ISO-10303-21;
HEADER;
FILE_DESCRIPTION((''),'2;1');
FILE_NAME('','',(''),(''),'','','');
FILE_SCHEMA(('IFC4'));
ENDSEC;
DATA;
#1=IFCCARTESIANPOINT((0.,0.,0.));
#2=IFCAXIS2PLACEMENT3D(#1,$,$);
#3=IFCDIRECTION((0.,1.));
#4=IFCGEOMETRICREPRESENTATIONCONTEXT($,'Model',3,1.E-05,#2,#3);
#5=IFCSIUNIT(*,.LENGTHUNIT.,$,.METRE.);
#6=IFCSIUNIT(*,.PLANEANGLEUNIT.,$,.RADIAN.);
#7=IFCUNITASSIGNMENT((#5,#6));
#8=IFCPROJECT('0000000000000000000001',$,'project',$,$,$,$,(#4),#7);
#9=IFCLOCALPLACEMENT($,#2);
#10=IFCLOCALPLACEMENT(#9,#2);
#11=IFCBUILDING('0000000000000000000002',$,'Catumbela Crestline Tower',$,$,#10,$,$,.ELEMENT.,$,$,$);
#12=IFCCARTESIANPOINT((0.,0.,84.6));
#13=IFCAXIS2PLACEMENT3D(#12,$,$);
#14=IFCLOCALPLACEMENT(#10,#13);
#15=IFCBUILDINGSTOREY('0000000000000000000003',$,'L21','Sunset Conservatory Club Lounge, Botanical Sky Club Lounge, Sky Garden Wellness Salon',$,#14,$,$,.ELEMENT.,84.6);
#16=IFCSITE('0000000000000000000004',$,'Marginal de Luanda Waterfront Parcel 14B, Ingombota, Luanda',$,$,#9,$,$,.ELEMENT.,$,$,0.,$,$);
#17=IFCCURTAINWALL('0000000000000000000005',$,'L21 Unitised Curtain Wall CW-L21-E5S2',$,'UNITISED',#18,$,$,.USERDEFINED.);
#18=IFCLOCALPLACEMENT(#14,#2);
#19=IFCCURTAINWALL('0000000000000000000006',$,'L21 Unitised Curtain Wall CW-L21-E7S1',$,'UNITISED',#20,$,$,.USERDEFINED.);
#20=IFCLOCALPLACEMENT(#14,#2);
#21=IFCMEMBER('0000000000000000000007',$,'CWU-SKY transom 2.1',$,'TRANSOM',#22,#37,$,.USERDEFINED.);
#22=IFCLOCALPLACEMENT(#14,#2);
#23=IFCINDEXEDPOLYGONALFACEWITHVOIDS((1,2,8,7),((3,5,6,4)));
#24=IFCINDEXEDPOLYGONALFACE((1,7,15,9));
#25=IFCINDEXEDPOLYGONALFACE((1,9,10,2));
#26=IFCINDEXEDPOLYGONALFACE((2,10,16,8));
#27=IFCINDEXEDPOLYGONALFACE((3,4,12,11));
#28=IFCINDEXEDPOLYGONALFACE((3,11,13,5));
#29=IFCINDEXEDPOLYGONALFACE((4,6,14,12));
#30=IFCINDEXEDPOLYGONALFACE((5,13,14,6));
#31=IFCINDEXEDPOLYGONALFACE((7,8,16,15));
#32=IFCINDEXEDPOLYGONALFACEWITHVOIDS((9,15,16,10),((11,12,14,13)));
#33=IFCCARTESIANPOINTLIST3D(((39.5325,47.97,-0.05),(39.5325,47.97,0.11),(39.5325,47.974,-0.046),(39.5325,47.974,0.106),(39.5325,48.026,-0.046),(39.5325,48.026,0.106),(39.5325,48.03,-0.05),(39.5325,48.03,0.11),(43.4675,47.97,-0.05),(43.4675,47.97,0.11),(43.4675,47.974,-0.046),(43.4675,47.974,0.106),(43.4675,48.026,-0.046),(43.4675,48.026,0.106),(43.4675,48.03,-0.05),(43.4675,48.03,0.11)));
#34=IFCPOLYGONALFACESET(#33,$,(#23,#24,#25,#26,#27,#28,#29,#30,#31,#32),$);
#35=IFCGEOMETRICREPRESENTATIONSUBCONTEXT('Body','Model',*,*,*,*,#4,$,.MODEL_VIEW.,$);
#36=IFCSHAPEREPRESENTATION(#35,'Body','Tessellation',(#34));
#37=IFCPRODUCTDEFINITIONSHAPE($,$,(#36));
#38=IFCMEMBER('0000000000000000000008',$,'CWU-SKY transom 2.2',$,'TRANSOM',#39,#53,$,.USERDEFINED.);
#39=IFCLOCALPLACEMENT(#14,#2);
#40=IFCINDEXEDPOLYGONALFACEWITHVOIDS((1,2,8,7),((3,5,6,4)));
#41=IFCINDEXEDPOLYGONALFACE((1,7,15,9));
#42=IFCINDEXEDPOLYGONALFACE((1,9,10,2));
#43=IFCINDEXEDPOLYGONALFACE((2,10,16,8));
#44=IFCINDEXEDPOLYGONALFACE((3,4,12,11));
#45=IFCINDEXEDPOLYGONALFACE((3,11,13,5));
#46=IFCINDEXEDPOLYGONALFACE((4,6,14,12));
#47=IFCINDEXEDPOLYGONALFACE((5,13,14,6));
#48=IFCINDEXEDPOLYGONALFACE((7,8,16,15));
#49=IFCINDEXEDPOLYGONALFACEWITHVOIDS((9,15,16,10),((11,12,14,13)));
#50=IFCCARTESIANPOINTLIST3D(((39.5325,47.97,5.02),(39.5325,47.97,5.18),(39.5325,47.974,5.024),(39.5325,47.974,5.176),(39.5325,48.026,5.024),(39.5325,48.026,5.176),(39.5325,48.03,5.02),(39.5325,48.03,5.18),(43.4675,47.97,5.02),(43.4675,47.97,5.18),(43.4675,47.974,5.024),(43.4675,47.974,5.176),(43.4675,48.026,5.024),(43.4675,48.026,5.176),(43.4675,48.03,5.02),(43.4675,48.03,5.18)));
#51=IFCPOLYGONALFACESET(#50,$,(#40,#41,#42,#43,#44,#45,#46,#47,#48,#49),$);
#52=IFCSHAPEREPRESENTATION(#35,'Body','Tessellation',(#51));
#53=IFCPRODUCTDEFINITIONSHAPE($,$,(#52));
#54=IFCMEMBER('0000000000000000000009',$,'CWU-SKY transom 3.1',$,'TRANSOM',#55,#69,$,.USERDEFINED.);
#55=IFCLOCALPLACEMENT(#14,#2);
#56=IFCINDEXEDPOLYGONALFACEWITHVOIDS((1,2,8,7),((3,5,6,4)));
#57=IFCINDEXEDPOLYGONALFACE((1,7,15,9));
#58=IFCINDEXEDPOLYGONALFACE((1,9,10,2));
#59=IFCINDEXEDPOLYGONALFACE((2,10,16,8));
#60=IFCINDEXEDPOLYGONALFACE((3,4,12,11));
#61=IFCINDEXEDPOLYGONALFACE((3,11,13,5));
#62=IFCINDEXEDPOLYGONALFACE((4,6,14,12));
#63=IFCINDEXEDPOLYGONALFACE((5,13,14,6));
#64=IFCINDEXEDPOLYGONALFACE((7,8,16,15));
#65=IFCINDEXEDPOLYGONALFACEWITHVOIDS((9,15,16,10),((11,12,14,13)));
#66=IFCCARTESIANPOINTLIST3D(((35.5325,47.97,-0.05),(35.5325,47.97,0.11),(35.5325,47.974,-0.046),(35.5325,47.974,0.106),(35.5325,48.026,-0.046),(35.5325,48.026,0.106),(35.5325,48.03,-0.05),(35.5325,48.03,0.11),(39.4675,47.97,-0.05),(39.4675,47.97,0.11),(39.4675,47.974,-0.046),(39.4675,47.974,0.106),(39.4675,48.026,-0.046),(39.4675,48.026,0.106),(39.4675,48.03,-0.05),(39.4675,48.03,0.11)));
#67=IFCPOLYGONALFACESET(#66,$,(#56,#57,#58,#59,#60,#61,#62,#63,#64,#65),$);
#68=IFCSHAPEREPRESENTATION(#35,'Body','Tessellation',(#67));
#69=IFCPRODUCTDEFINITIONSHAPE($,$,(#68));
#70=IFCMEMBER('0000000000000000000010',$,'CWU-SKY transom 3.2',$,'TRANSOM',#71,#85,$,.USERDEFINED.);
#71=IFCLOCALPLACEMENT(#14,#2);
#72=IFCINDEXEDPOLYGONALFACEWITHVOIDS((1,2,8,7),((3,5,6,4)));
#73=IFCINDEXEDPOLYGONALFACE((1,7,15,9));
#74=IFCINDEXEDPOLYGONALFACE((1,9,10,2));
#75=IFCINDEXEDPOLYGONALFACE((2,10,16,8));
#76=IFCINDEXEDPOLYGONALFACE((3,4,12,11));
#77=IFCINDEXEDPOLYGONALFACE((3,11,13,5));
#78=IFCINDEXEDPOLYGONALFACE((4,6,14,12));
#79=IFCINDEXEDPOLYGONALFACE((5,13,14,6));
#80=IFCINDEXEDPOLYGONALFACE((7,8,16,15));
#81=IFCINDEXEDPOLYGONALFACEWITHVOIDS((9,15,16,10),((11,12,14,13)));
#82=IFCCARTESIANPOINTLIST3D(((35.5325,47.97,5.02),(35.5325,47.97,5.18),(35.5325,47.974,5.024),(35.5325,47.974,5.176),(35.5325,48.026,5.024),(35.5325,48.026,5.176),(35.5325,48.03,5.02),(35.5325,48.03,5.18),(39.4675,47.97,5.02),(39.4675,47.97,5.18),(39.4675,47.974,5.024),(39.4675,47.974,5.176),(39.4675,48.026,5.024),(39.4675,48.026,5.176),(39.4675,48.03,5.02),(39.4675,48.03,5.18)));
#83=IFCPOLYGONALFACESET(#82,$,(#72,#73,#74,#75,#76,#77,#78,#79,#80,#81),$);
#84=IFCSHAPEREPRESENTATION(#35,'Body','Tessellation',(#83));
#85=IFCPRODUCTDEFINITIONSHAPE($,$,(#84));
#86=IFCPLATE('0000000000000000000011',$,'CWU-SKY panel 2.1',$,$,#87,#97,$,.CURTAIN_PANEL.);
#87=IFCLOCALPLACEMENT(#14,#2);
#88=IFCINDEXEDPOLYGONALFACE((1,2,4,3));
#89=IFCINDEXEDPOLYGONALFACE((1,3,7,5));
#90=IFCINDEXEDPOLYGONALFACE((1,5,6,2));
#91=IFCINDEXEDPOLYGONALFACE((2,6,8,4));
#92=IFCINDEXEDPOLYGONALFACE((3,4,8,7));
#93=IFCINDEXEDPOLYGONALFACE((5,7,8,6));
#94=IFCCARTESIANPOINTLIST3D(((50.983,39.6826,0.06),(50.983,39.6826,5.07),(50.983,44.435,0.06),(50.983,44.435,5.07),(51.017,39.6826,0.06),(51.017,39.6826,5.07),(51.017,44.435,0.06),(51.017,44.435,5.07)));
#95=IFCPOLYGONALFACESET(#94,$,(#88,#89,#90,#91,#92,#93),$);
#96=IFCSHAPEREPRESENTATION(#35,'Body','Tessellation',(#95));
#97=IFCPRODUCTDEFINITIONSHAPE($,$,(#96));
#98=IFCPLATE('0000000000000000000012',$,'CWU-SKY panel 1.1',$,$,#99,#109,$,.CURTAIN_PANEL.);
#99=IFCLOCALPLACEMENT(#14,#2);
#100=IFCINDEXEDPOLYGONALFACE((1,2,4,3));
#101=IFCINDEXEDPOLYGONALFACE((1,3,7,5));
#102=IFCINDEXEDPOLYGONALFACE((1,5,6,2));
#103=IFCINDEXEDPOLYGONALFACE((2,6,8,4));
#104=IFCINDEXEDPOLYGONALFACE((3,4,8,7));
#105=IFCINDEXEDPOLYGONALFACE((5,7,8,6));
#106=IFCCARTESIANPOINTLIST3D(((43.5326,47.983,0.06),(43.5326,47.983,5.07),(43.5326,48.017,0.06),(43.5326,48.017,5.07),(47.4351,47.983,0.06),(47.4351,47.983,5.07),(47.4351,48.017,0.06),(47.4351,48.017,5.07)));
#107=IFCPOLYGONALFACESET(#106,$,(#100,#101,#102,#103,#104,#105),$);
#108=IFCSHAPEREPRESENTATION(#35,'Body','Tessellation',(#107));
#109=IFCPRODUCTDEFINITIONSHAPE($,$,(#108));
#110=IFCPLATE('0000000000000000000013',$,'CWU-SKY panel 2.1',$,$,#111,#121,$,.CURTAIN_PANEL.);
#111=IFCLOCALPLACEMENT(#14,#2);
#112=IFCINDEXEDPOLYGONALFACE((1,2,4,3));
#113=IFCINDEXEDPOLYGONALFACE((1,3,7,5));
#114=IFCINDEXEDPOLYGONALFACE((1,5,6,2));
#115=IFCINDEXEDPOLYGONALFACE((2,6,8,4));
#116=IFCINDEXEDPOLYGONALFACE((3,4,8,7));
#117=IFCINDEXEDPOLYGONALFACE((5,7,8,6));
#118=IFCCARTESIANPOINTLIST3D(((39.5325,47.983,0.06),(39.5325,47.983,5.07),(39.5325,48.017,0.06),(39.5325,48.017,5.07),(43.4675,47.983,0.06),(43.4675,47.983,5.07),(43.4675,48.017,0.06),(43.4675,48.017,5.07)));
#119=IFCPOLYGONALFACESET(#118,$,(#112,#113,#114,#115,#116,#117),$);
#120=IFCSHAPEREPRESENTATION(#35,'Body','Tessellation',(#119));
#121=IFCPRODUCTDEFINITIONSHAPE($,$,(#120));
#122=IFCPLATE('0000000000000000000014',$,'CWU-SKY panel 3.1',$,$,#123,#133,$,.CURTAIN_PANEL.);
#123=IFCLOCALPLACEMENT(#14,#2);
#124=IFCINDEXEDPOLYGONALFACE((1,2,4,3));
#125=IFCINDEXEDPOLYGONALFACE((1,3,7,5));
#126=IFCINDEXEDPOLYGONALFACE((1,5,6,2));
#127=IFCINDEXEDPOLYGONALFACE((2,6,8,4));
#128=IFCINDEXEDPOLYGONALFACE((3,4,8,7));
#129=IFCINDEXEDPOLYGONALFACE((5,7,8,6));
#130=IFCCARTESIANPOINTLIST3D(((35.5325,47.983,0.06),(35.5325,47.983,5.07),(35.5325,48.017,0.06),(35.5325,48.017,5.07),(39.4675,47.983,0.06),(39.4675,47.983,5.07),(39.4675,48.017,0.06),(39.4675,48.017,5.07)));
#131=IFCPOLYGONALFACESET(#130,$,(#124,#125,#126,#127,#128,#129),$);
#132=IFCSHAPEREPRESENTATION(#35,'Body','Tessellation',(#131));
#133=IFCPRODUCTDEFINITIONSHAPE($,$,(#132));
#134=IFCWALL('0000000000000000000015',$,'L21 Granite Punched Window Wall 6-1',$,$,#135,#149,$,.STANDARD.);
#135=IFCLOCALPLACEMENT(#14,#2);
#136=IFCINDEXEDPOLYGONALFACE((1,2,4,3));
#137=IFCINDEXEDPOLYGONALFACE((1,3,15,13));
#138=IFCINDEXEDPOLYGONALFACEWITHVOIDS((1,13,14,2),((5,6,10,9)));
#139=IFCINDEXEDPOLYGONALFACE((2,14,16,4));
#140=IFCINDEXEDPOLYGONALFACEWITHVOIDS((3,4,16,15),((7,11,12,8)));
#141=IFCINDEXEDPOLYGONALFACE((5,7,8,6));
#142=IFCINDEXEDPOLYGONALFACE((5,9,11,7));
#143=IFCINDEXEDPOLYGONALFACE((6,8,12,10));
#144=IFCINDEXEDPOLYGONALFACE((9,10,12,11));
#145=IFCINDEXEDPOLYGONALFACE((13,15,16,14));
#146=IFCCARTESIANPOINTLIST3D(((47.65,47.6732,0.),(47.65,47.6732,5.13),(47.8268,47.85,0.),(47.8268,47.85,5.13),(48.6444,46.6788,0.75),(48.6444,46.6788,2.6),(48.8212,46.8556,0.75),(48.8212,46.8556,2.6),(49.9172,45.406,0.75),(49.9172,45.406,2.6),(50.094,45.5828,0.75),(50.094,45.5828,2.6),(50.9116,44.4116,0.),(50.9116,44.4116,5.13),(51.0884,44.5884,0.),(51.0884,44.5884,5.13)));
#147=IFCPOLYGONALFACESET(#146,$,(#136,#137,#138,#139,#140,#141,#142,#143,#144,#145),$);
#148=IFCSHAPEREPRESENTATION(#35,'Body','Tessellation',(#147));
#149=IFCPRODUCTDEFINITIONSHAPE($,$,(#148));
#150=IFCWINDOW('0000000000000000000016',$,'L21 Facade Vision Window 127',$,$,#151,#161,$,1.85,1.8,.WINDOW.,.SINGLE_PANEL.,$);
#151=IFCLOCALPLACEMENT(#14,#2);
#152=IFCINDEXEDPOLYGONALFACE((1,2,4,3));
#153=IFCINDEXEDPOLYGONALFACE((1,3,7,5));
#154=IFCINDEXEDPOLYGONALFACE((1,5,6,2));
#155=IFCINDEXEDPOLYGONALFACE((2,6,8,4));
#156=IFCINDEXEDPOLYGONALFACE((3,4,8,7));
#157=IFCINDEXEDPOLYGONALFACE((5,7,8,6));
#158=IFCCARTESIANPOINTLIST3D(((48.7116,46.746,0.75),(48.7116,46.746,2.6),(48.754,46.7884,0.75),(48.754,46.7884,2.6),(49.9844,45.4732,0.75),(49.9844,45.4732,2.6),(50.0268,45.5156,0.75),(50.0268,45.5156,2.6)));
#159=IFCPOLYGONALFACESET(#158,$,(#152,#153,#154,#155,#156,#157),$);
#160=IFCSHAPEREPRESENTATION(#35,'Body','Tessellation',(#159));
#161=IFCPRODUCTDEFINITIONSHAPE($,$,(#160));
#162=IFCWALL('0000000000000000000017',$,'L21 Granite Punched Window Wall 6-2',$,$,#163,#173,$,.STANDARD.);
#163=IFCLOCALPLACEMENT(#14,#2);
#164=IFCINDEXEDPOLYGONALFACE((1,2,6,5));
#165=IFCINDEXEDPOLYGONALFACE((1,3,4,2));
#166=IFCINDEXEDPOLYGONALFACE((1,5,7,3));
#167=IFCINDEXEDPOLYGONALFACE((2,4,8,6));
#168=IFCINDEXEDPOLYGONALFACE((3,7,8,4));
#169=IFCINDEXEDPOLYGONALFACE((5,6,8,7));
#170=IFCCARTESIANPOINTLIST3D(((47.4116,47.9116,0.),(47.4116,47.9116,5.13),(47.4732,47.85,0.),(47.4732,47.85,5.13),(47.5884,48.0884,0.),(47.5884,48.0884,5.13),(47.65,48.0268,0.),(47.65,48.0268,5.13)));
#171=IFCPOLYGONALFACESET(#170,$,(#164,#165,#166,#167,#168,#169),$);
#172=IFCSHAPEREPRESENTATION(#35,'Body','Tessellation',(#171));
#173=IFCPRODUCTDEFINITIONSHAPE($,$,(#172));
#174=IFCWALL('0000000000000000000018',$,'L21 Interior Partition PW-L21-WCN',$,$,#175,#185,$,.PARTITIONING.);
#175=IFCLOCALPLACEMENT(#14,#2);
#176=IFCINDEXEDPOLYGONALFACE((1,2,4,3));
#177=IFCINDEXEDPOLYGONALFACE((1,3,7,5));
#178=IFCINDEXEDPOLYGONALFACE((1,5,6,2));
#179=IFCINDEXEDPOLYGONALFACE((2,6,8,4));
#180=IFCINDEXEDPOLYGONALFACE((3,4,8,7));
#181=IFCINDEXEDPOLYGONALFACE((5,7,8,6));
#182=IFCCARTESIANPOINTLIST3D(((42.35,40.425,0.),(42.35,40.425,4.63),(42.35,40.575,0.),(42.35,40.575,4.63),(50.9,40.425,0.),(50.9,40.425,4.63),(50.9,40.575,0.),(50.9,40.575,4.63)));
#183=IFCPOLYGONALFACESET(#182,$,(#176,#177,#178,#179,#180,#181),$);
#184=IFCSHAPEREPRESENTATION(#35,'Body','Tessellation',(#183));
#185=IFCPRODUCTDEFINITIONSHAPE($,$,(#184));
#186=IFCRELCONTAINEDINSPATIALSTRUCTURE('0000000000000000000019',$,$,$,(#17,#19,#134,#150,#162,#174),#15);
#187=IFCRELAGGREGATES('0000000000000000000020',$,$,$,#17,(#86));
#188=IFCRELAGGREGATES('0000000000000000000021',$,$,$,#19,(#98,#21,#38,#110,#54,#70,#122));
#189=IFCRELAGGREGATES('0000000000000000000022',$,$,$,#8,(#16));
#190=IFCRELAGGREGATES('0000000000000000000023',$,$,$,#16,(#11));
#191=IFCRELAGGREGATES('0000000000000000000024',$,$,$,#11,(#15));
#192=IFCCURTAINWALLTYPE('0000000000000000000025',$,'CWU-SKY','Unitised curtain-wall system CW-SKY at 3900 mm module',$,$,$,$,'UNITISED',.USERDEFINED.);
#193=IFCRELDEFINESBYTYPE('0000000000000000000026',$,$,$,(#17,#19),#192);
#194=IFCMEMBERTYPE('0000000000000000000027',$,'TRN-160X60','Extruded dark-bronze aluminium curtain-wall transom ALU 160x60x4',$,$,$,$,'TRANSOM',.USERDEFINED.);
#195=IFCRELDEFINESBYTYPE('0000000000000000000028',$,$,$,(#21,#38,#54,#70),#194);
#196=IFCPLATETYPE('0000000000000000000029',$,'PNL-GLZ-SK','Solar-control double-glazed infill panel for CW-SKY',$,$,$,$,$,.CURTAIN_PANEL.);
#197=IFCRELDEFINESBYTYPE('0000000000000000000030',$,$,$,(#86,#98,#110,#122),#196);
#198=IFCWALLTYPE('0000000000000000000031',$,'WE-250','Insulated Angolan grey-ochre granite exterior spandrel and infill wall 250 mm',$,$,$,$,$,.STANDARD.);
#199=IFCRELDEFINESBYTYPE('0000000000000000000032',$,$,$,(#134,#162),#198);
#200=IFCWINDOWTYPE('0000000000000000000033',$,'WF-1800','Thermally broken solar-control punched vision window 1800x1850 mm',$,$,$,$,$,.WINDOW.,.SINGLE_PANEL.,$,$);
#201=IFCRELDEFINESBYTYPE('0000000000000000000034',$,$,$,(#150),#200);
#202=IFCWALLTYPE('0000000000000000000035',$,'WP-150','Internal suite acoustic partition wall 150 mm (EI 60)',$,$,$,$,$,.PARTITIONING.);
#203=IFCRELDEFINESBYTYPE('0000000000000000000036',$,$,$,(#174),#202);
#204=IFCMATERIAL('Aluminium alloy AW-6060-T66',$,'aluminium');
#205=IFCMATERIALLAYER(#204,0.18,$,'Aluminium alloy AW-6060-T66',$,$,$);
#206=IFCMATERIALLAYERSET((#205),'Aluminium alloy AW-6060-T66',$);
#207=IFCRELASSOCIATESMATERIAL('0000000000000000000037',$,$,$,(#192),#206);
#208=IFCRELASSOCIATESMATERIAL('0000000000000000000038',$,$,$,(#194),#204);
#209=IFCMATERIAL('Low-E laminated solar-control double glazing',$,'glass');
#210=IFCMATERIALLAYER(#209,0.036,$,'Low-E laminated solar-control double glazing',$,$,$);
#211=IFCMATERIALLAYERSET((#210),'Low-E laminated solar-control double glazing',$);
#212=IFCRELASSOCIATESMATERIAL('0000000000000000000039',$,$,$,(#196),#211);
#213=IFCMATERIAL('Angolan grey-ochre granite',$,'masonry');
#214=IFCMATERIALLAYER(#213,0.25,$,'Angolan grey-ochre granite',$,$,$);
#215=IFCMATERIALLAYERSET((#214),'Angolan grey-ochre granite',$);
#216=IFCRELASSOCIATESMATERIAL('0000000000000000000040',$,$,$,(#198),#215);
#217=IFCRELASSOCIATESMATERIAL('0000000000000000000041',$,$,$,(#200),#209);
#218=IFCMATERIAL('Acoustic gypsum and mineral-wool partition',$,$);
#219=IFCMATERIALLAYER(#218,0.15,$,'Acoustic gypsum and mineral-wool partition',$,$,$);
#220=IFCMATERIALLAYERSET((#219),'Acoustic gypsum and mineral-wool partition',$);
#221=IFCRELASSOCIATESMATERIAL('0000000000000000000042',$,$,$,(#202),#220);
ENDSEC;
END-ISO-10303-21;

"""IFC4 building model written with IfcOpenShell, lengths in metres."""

from ifc_helpers import new_model, si_unit, direction, frame, frame_2d, origin, origin_2d, place, context, subcontext, project, spatial, rectangle, hollow_rectangle, extrude, material, layer, layer_set, material_profile, profile_set, type_object, element, fill, aggregate, save


model = new_model("IFC4")

# Units and contexts
model_context = context("Model", 3, precision=1e-05, world=origin(), true_north=direction((0.0, 1.0)))
body_context = subcontext(model_context, "Body", "Model", "MODEL_VIEW")
ifc_project = project(units=[si_unit("LENGTHUNIT", "METRE"), si_unit("PLANEANGLEUNIT", "RADIAN")], contexts=[model_context])

# Site, building, storey
site_placement = place(None, origin())
site = spatial("IfcSite", under=ifc_project, at=site_placement, Name="Marginal de Luanda Waterfront Parcel 14B, Ingombota, Luanda", CompositionType="ELEMENT", RefElevation=0.0)
building_placement = place(site_placement, origin())
building = spatial("IfcBuilding", under=site, at=building_placement, Name="Catumbela Crestline Tower", CompositionType="ELEMENT")
storey_placement = place(building_placement, frame((0.0, 0.0, 84.6)))
storey = spatial("IfcBuildingStorey", under=building, at=storey_placement, Name="L21", Description="Sunset Conservatory Club Lounge, Botanical Sky Club Lounge, Sky Garden Wellness Salon", CompositionType="ELEMENT", Elevation=84.6)

# Curtain wall
ifc_material_1 = material(Name="Aluminium alloy AW-6060-T66", Category="aluminium")
ifc_layer_1 = layer(ifc_material_1, 0.18, Name="Aluminium alloy AW-6060-T66")
ifc_layer_set_1 = layer_set([ifc_layer_1], Name="Aluminium alloy AW-6060-T66")
curtain_wall_type = type_object("IfcCurtainWallType", Name="CWU-SKY", Description="Unitised curtain-wall system CW-SKY at 3900 mm module", ElementType="UNITISED", PredefinedType="USERDEFINED", material=ifc_layer_set_1)
curtain_wall_1_placement = place(storey_placement, origin())
curtain_wall_1 = element("IfcCurtainWall", 1, at=curtain_wall_1_placement, inside=storey, type_object=curtain_wall_type, Name="L21 Unitised Curtain Wall CW-L21-E5S2", ObjectType="UNITISED", PredefinedType="USERDEFINED")

# Curtain wall
curtain_wall_2_placement = place(storey_placement, origin())
curtain_wall_2 = element("IfcCurtainWall", 2, at=curtain_wall_2_placement, inside=storey, type_object=curtain_wall_type, Name="L21 Unitised Curtain Wall CW-L21-E7S1", ObjectType="UNITISED", PredefinedType="USERDEFINED")

# Members
ifc_material_profile_1 = material_profile(ifc_material_1, hollow_rectangle(XDim=0.06, YDim=0.16, WallThickness=0.004, at=origin_2d()), Name="ALU 160x60x4")
ifc_profile_set_1 = profile_set([ifc_material_profile_1], Name="Aluminium alloy AW-6060-T66")
member_type_1 = type_object("IfcMemberType", Name="TRN-160X60", Description="Extruded dark-bronze aluminium curtain-wall transom ALU 160x60x4", ElementType="TRANSOM", PredefinedType="USERDEFINED", material=ifc_profile_set_1)
member_1_placement = place(storey_placement, frame((43.4675, 48.0, 0.03), z_axis=(-1.0, 0.0, 0.0), x_axis=(0.0, -1.0, 0.0)))
member_1 = element("IfcMember", 3, at=member_1_placement, type_object=member_type_1, Name="CWU-SKY transom 2.1", ObjectType="TRANSOM", PredefinedType="USERDEFINED", context=body_context, shape_type="SweptSolid", body=[
    extrude(hollow_rectangle(XDim=0.06, YDim=0.16, WallThickness=0.004, at=origin_2d()), origin(), (0.0, 0.0, 1.0), 3.935),
])
member_2_placement = place(storey_placement, frame((43.4675, 48.0, 5.1), z_axis=(-1.0, 0.0, 0.0), x_axis=(0.0, -1.0, 0.0)))
member_2 = element("IfcMember", 4, at=member_2_placement, type_object=member_type_1, Name="CWU-SKY transom 2.2", ObjectType="TRANSOM", PredefinedType="USERDEFINED", context=body_context, shape_type="SweptSolid", body=[
    extrude(hollow_rectangle(XDim=0.06, YDim=0.16, WallThickness=0.004, at=origin_2d()), origin(), (0.0, 0.0, 1.0), 3.935),
])
member_3_placement = place(storey_placement, frame((39.4675, 48.0, 0.03), z_axis=(-1.0, 0.0, 0.0), x_axis=(0.0, -1.0, 0.0)))
member_3 = element("IfcMember", 5, at=member_3_placement, type_object=member_type_1, Name="CWU-SKY transom 3.1", ObjectType="TRANSOM", PredefinedType="USERDEFINED", context=body_context, shape_type="SweptSolid", body=[
    extrude(hollow_rectangle(XDim=0.06, YDim=0.16, WallThickness=0.004, at=origin_2d()), origin(), (0.0, 0.0, 1.0), 3.935),
])
member_4_placement = place(storey_placement, frame((39.4675, 48.0, 5.1), z_axis=(-1.0, 0.0, 0.0), x_axis=(0.0, -1.0, 0.0)))
member_4 = element("IfcMember", 6, at=member_4_placement, type_object=member_type_1, Name="CWU-SKY transom 3.2", ObjectType="TRANSOM", PredefinedType="USERDEFINED", context=body_context, shape_type="SweptSolid", body=[
    extrude(hollow_rectangle(XDim=0.06, YDim=0.16, WallThickness=0.004, at=origin_2d()), origin(), (0.0, 0.0, 1.0), 3.935),
])

# Plates
ifc_material_2 = material(Name="Low-E laminated solar-control double glazing", Category="glass")
ifc_layer_2 = layer(ifc_material_2, 0.036, Name="Low-E laminated solar-control double glazing")
ifc_layer_set_2 = layer_set([ifc_layer_2], Name="Low-E laminated solar-control double glazing")
plate_type = type_object("IfcPlateType", Name="PNL-GLZ-SK", Description="Solar-control double-glazed infill panel for CW-SKY", PredefinedType="CURTAIN_PANEL", material=ifc_layer_set_2)
plate_1_placement = place(storey_placement, frame((51.0, 42.0588, 0.06), z_axis=(0.0, 0.0, 1.0), x_axis=(0.0, 1.0, 0.0)))
plate_1 = element("IfcPlate", 7, at=plate_1_placement, type_object=plate_type, Name="CWU-SKY panel 2.1", PredefinedType="CURTAIN_PANEL", context=body_context, shape_type="SweptSolid", body=[
    extrude(rectangle(XDim=4.7525, YDim=0.034, at=origin_2d()), origin(), (0.0, 0.0, 1.0), 5.01),
])
aggregate(curtain_wall_1, [plate_1])
plate_2_placement = place(storey_placement, frame((45.4838, 48.0, 0.06), z_axis=(0.0, 0.0, 1.0), x_axis=(-1.0, 0.0, 0.0)))
plate_2 = element("IfcPlate", 8, at=plate_2_placement, type_object=plate_type, Name="CWU-SKY panel 1.1", PredefinedType="CURTAIN_PANEL", context=body_context, shape_type="SweptSolid", body=[
    extrude(rectangle(XDim=3.9025, YDim=0.034, at=origin_2d()), origin(), (0.0, 0.0, 1.0), 5.01),
])
plate_3_placement = place(storey_placement, frame((41.5, 48.0, 0.06), z_axis=(0.0, 0.0, 1.0), x_axis=(-1.0, 0.0, 0.0)))
plate_3 = element("IfcPlate", 9, at=plate_3_placement, type_object=plate_type, Name="CWU-SKY panel 2.1", PredefinedType="CURTAIN_PANEL", context=body_context, shape_type="SweptSolid", body=[
    extrude(rectangle(XDim=3.935, YDim=0.034, at=origin_2d()), origin(), (0.0, 0.0, 1.0), 5.01),
])
plate_4_placement = place(storey_placement, frame((37.5, 48.0, 0.06), z_axis=(0.0, 0.0, 1.0), x_axis=(-1.0, 0.0, 0.0)))
plate_4 = element("IfcPlate", 10, at=plate_4_placement, type_object=plate_type, Name="CWU-SKY panel 3.1", PredefinedType="CURTAIN_PANEL", context=body_context, shape_type="SweptSolid", body=[
    extrude(rectangle(XDim=3.935, YDim=0.034, at=origin_2d()), origin(), (0.0, 0.0, 1.0), 5.01),
])
aggregate(curtain_wall_2, [plate_2, member_1, member_2, plate_3, member_3, member_4, plate_4])

# Wall, opening, window
ifc_material_3 = material(Name="Angolan grey-ochre granite", Category="masonry")
ifc_layer_3 = layer(ifc_material_3, 0.25, Name="Angolan grey-ochre granite")
ifc_layer_set_3 = layer_set([ifc_layer_3], Name="Angolan grey-ochre granite")
wall_type_1 = type_object("IfcWallType", Name="WE-250", Description="Insulated Angolan grey-ochre granite exterior spandrel and infill wall 250 mm", PredefinedType="STANDARD", material=ifc_layer_set_3)
wall_1_placement = place(storey_placement, frame((51.0, 44.5, 0.0), z_axis=(0.0, 0.0, 1.0), x_axis=(-0.707107, 0.707107, 0.0)))
wall_1 = element("IfcWall", 11, at=wall_1_placement, inside=storey, type_object=wall_type_1, Name="L21 Granite Punched Window Wall 6-1", PredefinedType="STANDARD", context=body_context, shape_type="SweptSolid", body=[
    extrude(rectangle(XDim=4.6126, YDim=0.25, at=frame_2d((2.3063, 0.0))), origin(), (0.0, 0.0, 1.0), 5.13),
])
opening_placement = place(wall_1_placement, frame((1.4063, 0.0, 0.75)))
opening = element("IfcOpeningElement", 12, at=opening_placement, cuts=wall_1, PredefinedType="OPENING", context=body_context, shape_type="SweptSolid", body=[
    extrude(rectangle(XDim=1.8, YDim=1.85, at=frame_2d((0.9, 0.925))), frame((0.0, 0.135, 0.0), z_axis=(0.0, -1.0, 0.0), x_axis=(1.0, 0.0, 0.0)), (0.0, 0.0, 1.0), 0.27),
])
window_type = type_object("IfcWindowType", Name="WF-1800", Description="Thermally broken solar-control punched vision window 1800x1850 mm", PartitioningType="SINGLE_PANEL", PredefinedType="WINDOW", material=ifc_material_2)
window_placement = place(opening_placement, origin())
window = element("IfcWindow", 13, at=window_placement, inside=storey, type_object=window_type, Name="L21 Facade Vision Window 127", OverallHeight=1.85, OverallWidth=1.8, PartitioningType="SINGLE_PANEL", PredefinedType="WINDOW", context=body_context, shape_type="SweptSolid", body=[
    extrude(rectangle(XDim=1.8, YDim=1.85, at=frame_2d((0.9, 0.925))), frame((0.0, 0.03, 0.0), z_axis=(0.0, -1.0, 0.0), x_axis=(1.0, 0.0, 0.0)), (0.0, 0.0, 1.0), 0.06),
])
fill(opening, window)

# Walls
wall_2_placement = place(storey_placement, frame((47.5616, 47.9384, 0.0), z_axis=(0.0, 0.0, 1.0), x_axis=(-0.707107, 0.707107, 0.0)))
element("IfcWall", 14, at=wall_2_placement, inside=storey, type_object=wall_type_1, Name="L21 Granite Punched Window Wall 6-2", PredefinedType="STANDARD", context=body_context, shape_type="SweptSolid", body=[
    extrude(rectangle(XDim=0.0871, YDim=0.25, at=frame_2d((0.0436, 0.0))), origin(), (0.0, 0.0, 1.0), 5.13),
])
ifc_material_4 = material(Name="Acoustic gypsum and mineral-wool partition")
ifc_layer_4 = layer(ifc_material_4, 0.15, Name="Acoustic gypsum and mineral-wool partition")
ifc_layer_set_4 = layer_set([ifc_layer_4], Name="Acoustic gypsum and mineral-wool partition")
wall_type_2 = type_object("IfcWallType", Name="WP-150", Description="Internal suite acoustic partition wall 150 mm (EI 60)", PredefinedType="PARTITIONING", material=ifc_layer_set_4)
wall_3_placement = place(storey_placement, frame((42.35, 40.5, 0.0), z_axis=(0.0, 0.0, 1.0), x_axis=(1.0, 0.0, 0.0)))
element("IfcWall", 15, at=wall_3_placement, inside=storey, type_object=wall_type_2, Name="L21 Interior Partition PW-L21-WCN", PredefinedType="PARTITIONING", context=body_context, shape_type="SweptSolid", body=[
    extrude(rectangle(XDim=8.55, YDim=0.15, at=frame_2d((4.275, 0.0))), origin(), (0.0, 0.0, 1.0), 4.63),
])

save(model, "model.ifc")
